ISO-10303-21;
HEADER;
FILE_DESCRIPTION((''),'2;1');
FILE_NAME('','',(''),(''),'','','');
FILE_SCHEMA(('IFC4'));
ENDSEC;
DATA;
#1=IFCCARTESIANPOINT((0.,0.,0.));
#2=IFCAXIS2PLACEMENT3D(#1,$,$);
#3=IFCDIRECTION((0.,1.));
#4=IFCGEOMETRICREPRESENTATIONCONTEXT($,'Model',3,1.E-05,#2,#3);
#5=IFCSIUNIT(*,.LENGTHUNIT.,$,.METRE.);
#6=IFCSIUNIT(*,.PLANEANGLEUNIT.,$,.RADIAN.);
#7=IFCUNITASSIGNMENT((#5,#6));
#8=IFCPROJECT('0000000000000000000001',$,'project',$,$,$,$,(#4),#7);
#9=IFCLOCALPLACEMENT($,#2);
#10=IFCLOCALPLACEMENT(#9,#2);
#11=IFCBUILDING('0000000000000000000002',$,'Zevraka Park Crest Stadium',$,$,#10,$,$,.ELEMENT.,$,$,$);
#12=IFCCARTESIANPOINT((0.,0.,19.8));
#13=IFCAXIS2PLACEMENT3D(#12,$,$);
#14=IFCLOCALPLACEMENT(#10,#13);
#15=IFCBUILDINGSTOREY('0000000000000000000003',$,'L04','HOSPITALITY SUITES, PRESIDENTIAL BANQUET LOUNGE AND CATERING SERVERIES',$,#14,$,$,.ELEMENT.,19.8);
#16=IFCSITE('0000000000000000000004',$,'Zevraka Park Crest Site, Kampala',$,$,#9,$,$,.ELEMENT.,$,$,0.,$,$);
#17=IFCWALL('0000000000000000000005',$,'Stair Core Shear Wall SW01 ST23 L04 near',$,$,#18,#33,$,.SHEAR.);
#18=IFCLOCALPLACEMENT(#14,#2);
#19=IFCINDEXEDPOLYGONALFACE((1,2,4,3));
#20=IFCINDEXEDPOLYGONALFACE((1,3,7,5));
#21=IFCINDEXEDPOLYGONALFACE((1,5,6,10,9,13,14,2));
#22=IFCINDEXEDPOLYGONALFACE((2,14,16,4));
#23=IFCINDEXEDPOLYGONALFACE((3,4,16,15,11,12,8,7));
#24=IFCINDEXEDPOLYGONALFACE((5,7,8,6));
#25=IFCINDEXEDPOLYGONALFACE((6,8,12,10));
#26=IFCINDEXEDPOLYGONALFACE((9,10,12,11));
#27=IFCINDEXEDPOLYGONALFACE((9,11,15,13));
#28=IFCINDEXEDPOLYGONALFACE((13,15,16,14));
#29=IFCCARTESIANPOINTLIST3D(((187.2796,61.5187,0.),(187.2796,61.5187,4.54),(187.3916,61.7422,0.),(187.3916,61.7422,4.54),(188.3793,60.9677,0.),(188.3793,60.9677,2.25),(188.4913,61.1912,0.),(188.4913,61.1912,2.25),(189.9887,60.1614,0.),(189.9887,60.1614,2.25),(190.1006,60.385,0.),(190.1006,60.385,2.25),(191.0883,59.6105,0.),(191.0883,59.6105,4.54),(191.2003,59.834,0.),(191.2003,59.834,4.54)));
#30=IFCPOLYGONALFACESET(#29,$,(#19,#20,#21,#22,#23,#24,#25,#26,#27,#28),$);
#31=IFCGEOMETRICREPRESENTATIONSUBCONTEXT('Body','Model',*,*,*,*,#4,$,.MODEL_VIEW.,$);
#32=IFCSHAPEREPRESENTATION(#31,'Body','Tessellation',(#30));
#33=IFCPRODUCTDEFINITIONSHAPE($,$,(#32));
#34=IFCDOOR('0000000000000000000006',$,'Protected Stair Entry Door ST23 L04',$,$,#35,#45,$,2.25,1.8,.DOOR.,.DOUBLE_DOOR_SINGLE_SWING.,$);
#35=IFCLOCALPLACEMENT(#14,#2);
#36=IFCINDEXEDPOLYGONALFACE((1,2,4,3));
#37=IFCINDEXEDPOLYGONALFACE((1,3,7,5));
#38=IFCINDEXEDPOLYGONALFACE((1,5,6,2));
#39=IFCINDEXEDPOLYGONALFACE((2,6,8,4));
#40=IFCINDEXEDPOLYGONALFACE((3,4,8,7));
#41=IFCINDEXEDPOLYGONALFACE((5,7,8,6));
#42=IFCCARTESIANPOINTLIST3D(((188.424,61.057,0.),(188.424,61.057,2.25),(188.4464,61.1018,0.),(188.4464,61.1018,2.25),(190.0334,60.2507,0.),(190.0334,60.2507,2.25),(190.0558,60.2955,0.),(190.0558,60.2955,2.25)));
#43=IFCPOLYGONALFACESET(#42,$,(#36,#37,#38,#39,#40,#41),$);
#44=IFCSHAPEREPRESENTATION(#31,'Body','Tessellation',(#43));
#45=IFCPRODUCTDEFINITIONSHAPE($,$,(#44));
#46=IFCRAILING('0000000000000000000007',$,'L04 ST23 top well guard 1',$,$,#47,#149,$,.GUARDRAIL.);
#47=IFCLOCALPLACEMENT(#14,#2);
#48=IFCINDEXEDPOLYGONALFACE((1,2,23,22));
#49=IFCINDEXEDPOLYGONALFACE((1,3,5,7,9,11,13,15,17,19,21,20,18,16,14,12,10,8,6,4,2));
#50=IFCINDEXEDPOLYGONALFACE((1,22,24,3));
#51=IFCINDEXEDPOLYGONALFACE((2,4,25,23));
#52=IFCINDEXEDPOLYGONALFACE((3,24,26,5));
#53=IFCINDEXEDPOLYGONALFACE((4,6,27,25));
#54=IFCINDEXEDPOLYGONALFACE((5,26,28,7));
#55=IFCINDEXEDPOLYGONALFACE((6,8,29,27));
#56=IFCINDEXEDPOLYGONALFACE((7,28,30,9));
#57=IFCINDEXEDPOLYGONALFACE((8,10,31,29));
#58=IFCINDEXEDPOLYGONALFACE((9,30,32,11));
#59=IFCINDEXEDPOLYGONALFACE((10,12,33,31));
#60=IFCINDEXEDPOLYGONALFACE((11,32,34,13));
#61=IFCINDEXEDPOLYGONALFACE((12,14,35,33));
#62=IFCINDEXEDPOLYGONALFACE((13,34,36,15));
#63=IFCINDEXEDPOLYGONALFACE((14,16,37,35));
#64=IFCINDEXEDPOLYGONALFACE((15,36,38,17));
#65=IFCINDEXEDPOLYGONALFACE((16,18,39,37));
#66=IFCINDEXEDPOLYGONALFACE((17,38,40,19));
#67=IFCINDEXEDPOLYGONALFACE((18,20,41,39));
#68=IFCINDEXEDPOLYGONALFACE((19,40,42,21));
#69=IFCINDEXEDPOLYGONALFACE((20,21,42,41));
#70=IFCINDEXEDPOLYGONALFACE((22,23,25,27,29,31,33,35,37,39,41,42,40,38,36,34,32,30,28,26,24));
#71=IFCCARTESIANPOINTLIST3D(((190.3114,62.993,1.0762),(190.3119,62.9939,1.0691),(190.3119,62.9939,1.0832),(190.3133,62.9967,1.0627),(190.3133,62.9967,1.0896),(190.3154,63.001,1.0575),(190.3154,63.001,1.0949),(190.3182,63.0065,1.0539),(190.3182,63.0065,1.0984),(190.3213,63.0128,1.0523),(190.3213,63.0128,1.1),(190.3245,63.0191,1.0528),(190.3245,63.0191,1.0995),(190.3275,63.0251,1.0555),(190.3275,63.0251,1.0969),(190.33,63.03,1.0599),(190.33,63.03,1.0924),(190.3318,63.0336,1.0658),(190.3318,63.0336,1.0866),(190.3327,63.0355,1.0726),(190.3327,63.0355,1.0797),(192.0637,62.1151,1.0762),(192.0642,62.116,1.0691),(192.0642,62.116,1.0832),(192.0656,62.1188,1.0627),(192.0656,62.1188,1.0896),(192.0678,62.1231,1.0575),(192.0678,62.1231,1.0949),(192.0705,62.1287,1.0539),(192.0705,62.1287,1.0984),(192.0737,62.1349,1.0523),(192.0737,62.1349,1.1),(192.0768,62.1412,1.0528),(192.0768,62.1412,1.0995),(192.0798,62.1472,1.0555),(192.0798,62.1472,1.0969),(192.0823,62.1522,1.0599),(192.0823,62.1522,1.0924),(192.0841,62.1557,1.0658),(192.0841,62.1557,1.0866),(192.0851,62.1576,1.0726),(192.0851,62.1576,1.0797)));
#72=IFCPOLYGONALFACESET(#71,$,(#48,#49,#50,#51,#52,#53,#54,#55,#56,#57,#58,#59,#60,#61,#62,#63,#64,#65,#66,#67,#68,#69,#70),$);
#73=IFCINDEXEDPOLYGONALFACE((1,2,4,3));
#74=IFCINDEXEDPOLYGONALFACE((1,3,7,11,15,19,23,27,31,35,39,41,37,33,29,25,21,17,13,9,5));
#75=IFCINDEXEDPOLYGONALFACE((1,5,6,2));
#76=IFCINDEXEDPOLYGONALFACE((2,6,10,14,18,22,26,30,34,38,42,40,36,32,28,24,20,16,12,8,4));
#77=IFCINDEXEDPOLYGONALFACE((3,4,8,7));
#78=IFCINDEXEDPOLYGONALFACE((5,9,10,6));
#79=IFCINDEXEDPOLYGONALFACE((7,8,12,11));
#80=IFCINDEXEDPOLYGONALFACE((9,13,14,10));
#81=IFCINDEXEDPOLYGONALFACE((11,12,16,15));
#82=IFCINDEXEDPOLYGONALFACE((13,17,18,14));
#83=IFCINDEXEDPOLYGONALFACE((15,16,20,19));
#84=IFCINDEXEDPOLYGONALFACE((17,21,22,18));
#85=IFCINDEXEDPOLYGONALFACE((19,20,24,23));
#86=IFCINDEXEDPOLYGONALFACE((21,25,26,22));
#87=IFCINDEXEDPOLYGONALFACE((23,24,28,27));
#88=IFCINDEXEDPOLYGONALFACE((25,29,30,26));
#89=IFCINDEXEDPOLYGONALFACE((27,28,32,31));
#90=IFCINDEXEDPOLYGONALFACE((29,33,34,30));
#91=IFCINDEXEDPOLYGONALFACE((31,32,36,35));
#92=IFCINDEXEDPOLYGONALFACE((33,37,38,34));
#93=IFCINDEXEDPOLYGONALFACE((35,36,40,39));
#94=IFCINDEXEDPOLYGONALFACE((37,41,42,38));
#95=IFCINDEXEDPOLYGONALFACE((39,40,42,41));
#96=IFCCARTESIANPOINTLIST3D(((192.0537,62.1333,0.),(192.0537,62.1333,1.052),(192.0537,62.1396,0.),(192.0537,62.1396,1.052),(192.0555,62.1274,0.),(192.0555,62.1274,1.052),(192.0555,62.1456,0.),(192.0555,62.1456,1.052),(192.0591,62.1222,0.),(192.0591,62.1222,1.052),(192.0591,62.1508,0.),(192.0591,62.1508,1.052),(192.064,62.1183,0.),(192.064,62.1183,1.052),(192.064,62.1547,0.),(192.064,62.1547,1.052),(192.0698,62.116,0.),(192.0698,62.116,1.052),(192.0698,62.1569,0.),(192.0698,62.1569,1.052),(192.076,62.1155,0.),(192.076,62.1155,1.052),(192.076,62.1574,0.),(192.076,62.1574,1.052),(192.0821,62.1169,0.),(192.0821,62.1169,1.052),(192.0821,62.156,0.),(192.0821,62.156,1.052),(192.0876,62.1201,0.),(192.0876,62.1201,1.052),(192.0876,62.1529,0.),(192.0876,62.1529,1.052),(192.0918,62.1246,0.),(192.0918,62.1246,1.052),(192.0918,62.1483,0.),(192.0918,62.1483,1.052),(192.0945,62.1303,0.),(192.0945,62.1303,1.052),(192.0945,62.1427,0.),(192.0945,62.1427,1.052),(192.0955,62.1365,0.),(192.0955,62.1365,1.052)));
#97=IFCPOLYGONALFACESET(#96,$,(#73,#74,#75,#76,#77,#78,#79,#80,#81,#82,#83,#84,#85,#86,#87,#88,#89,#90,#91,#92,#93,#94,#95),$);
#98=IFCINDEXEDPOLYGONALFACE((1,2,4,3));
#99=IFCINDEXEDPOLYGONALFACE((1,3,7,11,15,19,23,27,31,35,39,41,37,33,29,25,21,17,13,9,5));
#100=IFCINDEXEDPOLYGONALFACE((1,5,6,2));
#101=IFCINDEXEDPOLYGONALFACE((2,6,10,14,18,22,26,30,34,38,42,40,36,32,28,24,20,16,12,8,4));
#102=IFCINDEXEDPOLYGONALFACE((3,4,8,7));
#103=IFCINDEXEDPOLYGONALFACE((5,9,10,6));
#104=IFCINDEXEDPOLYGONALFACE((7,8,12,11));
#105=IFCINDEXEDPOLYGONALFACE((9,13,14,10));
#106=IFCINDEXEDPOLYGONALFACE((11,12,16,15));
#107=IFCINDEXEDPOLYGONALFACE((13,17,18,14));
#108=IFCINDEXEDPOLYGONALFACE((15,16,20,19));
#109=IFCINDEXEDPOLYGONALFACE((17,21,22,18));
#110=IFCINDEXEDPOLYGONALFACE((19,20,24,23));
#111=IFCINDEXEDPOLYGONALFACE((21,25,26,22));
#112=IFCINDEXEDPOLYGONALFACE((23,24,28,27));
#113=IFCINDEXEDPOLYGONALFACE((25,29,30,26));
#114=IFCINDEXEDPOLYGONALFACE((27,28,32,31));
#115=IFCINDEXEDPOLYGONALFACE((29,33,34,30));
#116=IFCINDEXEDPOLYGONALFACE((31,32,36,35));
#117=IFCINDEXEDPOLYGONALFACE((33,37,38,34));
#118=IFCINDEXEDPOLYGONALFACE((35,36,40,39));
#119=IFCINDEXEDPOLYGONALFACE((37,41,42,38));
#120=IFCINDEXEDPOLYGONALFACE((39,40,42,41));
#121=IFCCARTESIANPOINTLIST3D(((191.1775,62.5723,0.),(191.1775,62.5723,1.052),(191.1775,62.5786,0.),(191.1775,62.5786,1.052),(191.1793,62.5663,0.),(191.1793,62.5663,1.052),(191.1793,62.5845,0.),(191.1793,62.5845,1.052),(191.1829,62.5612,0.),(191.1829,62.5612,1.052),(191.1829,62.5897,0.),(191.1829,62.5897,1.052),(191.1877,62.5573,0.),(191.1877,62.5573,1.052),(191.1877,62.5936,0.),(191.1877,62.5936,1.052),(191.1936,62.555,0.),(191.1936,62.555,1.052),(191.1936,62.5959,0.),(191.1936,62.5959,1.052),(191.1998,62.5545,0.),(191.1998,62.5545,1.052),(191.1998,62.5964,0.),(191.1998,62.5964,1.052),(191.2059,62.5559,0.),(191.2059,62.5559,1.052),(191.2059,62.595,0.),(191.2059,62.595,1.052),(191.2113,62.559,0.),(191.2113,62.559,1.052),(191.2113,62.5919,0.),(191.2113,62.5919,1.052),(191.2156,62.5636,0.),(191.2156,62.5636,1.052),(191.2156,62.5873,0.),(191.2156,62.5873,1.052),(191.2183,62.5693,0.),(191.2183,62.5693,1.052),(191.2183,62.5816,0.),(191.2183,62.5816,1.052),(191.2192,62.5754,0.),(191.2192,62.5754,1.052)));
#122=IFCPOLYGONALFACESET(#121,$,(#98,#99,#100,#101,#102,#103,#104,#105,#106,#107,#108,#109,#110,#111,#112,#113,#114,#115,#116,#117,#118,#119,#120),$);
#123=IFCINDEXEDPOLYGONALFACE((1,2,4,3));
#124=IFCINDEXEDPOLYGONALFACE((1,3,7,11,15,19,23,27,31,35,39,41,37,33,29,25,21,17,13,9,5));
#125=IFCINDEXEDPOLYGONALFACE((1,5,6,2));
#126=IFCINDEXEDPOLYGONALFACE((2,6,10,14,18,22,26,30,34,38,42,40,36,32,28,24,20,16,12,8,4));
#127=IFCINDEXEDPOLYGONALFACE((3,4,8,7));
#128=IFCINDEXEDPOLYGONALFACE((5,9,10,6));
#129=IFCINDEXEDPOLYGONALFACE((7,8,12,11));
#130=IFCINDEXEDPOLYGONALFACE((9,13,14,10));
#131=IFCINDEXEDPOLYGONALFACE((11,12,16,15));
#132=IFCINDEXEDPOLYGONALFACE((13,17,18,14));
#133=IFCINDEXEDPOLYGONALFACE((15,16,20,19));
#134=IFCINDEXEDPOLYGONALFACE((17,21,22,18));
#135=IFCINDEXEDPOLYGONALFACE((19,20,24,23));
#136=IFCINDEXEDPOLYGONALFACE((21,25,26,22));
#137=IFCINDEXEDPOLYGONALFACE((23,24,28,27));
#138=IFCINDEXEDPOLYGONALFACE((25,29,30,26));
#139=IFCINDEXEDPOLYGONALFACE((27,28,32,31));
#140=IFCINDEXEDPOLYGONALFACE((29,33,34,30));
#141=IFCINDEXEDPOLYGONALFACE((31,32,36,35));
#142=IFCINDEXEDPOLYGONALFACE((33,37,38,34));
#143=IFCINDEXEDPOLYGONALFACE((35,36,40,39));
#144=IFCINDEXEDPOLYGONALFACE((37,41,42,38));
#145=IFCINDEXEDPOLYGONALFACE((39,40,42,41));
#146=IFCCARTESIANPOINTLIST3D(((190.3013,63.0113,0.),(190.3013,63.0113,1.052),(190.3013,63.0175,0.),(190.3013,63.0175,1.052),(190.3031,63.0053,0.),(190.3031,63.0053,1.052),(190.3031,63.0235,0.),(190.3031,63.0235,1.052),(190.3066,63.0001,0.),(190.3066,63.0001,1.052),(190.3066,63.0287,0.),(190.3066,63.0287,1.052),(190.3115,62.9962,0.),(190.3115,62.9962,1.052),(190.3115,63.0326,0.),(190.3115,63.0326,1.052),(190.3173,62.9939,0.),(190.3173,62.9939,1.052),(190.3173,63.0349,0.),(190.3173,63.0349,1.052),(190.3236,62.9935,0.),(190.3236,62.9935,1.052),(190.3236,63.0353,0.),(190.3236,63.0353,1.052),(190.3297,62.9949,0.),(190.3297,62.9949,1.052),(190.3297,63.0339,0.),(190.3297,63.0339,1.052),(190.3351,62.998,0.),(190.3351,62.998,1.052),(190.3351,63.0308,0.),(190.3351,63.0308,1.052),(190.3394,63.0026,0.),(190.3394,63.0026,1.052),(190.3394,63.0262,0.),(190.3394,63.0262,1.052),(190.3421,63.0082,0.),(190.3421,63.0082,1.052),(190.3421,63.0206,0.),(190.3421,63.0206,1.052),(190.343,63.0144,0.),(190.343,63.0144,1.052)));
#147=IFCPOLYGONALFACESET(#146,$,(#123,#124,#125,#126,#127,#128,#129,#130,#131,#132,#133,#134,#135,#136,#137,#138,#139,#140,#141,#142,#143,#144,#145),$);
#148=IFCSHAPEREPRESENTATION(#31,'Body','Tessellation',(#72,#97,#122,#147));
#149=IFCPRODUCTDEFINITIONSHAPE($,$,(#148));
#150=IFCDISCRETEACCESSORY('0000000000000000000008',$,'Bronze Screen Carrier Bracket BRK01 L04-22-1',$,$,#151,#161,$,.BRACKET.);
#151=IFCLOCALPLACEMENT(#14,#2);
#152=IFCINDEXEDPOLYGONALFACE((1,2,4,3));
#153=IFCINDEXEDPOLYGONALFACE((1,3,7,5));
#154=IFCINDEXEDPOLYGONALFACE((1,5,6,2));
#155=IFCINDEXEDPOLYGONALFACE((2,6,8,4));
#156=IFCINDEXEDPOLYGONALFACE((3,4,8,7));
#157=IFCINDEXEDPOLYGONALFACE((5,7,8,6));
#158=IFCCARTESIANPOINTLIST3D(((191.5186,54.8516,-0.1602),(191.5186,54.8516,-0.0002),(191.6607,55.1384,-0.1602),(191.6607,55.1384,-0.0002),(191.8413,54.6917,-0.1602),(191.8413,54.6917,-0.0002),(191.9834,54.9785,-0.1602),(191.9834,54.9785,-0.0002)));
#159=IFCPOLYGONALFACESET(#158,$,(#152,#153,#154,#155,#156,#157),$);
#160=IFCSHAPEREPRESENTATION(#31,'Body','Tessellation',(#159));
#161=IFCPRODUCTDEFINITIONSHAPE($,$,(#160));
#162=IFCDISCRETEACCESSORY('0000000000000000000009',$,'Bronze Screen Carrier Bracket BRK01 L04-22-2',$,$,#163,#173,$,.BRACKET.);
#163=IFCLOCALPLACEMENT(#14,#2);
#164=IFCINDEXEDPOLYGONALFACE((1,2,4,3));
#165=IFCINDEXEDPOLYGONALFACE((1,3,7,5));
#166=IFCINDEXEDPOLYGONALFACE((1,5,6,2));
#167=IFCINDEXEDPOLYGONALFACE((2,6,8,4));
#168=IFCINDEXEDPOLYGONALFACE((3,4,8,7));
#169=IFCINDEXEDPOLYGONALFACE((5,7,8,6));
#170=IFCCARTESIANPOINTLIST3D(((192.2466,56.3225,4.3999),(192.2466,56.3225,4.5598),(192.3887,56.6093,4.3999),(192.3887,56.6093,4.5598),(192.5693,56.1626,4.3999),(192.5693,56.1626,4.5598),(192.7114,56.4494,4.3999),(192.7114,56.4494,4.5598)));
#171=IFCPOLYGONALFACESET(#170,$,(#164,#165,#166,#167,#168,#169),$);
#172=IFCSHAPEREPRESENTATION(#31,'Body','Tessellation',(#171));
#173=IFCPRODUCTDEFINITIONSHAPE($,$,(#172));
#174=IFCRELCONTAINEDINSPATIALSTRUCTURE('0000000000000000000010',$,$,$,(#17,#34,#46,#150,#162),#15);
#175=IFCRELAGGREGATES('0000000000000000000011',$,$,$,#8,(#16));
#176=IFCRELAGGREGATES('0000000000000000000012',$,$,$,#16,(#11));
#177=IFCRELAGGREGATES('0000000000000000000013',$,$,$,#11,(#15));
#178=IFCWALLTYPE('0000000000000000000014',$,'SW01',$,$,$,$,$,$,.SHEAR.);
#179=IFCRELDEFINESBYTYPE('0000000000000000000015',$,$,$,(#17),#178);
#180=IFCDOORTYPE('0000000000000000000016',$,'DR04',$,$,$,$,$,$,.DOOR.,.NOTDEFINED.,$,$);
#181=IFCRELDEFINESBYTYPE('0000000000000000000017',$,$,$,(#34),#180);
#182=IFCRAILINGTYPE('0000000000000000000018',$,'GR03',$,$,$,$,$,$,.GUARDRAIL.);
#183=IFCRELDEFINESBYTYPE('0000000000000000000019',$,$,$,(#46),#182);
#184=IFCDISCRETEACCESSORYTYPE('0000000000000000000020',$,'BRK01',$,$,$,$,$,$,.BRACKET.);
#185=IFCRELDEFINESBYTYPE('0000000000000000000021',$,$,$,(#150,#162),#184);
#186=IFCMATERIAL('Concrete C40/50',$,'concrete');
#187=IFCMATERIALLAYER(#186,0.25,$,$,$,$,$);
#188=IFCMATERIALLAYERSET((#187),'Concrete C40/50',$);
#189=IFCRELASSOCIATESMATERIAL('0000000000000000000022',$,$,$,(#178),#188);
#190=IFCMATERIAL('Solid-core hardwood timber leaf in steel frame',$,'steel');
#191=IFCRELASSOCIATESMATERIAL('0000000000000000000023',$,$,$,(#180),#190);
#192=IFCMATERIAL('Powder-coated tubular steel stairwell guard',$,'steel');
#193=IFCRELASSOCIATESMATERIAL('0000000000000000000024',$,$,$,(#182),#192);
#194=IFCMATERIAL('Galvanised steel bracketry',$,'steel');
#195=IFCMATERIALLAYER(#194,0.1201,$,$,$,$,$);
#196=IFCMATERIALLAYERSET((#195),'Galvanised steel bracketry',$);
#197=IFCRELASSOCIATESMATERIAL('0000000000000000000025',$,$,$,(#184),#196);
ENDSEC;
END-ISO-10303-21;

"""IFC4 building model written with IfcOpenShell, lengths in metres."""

from ifc_helpers import new_model, si_unit, direction, frame, frame_2d, origin, origin_2d, place, context, subcontext, project, spatial, rectangle, circle, extrude, material, layer, layer_set, type_object, element, fill, save


model = new_model("IFC4")

# Units and contexts
model_context = context("Model", 3, precision=1e-05, world=origin(), true_north=direction((0.0, 1.0)))
body_context = subcontext(model_context, "Body", "Model", "MODEL_VIEW")
ifc_project = project(units=[si_unit("LENGTHUNIT", "METRE"), si_unit("PLANEANGLEUNIT", "RADIAN")], contexts=[model_context])

# Site, building, storey
site_placement = place(None, origin())
site = spatial("IfcSite", under=ifc_project, at=site_placement, Name="Zevraka Park Crest Site, Kampala", CompositionType="ELEMENT", RefElevation=0.0)
building_placement = place(site_placement, origin())
building = spatial("IfcBuilding", under=site, at=building_placement, Name="Zevraka Park Crest Stadium", CompositionType="ELEMENT")
storey_placement = place(building_placement, frame((0.0, 0.0, 19.8)))
storey = spatial("IfcBuildingStorey", under=building, at=storey_placement, Name="L04", Description="HOSPITALITY SUITES, PRESIDENTIAL BANQUET LOUNGE AND CATERING SERVERIES", CompositionType="ELEMENT", Elevation=19.8)

# Shared definitions
ifc_material_1 = material(Name="Concrete C40/50", Category="concrete")
ifc_layer_1 = layer(ifc_material_1, 0.25)
ifc_layer_set_1 = layer_set([ifc_layer_1], Name="Concrete C40/50")
wall_type_1 = type_object("IfcWallType", Name="SW01", PredefinedType="SHEAR", material=ifc_layer_set_1)

# Wall, opening, door
wall_1_placement = place(storey_placement, frame((187.3357, 61.6304, 0.0), z_axis=(0.0, 0.0, 1.0), x_axis=(0.894072, -0.447924, 0.0)))
wall_1 = element("IfcWall", 1, at=wall_1_placement, inside=storey, type_object=wall_type_1, Name="Stair Core Shear Wall SW01 ST23 L04 near", PredefinedType="SHEAR", context=body_context, shape_type="SweptSolid", body=[
    extrude(rectangle(XDim=4.26, YDim=0.25, at=frame_2d((2.1299, 0.0))), origin(), (0.0, 0.0, 1.0), 4.54),
])
opening_1_placement = place(wall_1_placement, frame((1.23, 0.0, 0.0)))
opening_1 = element("IfcOpeningElement", 2, at=opening_1_placement, cuts=wall_1, PredefinedType="OPENING", context=body_context, shape_type="SweptSolid", body=[
    extrude(rectangle(XDim=1.8, YDim=2.25, at=frame_2d((0.8999, 1.125))), frame((0.0, 0.135, 0.0), z_axis=(0.0, -1.0, 0.0), x_axis=(1.0, 0.0, 0.0)), (0.0, 0.0, 1.0), 0.27),
])
ifc_material_2 = material(Name="Solid-core hardwood timber leaf in steel frame", Category="steel")
door_type_1 = type_object("IfcDoorType", Name="DR04", OperationType="NOTDEFINED", PredefinedType="DOOR", material=ifc_material_2)
door_1_placement = place(opening_1_placement, origin())
door_1 = element("IfcDoor", 3, at=door_1_placement, inside=storey, type_object=door_type_1, Name="Protected Stair Entry Door ST23 L04", OperationType="DOUBLE_DOOR_SINGLE_SWING", OverallHeight=2.25, OverallWidth=1.8, PredefinedType="DOOR", context=body_context, shape_type="SweptSolid", body=[
    extrude(rectangle(XDim=1.8, YDim=2.25, at=frame_2d((0.8999, 1.125))), frame((0.0, 0.0249, 0.0), z_axis=(0.0, -1.0, 0.0), x_axis=(1.0, 0.0, 0.0)), (0.0, 0.0, 1.0), 0.05),
])
fill(opening_1, door_1)

# Railing
ifc_material_3 = material(Name="Powder-coated tubular steel stairwell guard", Category="steel")
railing_type_1 = type_object("IfcRailingType", Name="GR03", PredefinedType="GUARDRAIL", material=ifc_material_3)
railing_1_placement = place(storey_placement, frame((192.0745, 62.1365, 0.0)))
element("IfcRailing", 4, at=railing_1_placement, inside=storey, type_object=railing_type_1, Name="L04 ST23 top well guard 1", PredefinedType="GUARDRAIL", context=body_context, shape_type="SweptSolid", body=[
    extrude(circle(Radius=0.0239, at=origin_2d()), frame((0.0, 0.0, 1.0762), z_axis=(-0.894078, 0.447911, 0.0), x_axis=(-0.447911, -0.894078, 0.0)), (0.0, 0.0, 1.0), 1.96),
    extrude(circle(Radius=0.021, at=origin_2d()), origin(), (0.0, 0.0, 1.0), 1.052),
    extrude(circle(Radius=0.021, at=origin_2d()), frame((-0.8762, 0.439, 0.0)), (0.0, 0.0, 1.0), 1.052),
    extrude(circle(Radius=0.021, at=origin_2d()), frame((-1.7524, 0.8779, 0.0)), (0.0, 0.0, 1.0), 1.052),
])

# Discrete accessories
ifc_material_4 = material(Name="Galvanised steel bracketry", Category="steel")
ifc_layer_2 = layer(ifc_material_4, 0.1201)
ifc_layer_set_2 = layer_set([ifc_layer_2], Name="Galvanised steel bracketry")
discrete_accessory_type = type_object("IfcDiscreteAccessoryType", Name="BRK01", PredefinedType="BRACKET", material=ifc_layer_set_2)
for number, where, z_axis, x_axis, name in (
    (5, (191.751, 54.915, -0.1602), (0.0, 0.0, 1.0), (0.44401, 0.896022, 0.0), "Bronze Screen Carrier Bracket BRK01 L04-22-1"),
    (6, (192.479, 56.386, 4.3999), (0.0, 0.0, 1.0), (0.44401, 0.896022, 0.0), "Bronze Screen Carrier Bracket BRK01 L04-22-2"),
):
    element("IfcDiscreteAccessory", number, at=place(storey_placement, frame(where, z_axis=z_axis, x_axis=x_axis)), inside=storey, type_object=discrete_accessory_type, Name=name, PredefinedType="BRACKET", context=body_context, shape_type="SweptSolid", body=[
        extrude(rectangle(XDim=0.3201, YDim=0.3601, at=origin_2d()), origin(), (0.0, 0.0, 1.0), 0.1599),
    ])

save(model, "model.ifc")
